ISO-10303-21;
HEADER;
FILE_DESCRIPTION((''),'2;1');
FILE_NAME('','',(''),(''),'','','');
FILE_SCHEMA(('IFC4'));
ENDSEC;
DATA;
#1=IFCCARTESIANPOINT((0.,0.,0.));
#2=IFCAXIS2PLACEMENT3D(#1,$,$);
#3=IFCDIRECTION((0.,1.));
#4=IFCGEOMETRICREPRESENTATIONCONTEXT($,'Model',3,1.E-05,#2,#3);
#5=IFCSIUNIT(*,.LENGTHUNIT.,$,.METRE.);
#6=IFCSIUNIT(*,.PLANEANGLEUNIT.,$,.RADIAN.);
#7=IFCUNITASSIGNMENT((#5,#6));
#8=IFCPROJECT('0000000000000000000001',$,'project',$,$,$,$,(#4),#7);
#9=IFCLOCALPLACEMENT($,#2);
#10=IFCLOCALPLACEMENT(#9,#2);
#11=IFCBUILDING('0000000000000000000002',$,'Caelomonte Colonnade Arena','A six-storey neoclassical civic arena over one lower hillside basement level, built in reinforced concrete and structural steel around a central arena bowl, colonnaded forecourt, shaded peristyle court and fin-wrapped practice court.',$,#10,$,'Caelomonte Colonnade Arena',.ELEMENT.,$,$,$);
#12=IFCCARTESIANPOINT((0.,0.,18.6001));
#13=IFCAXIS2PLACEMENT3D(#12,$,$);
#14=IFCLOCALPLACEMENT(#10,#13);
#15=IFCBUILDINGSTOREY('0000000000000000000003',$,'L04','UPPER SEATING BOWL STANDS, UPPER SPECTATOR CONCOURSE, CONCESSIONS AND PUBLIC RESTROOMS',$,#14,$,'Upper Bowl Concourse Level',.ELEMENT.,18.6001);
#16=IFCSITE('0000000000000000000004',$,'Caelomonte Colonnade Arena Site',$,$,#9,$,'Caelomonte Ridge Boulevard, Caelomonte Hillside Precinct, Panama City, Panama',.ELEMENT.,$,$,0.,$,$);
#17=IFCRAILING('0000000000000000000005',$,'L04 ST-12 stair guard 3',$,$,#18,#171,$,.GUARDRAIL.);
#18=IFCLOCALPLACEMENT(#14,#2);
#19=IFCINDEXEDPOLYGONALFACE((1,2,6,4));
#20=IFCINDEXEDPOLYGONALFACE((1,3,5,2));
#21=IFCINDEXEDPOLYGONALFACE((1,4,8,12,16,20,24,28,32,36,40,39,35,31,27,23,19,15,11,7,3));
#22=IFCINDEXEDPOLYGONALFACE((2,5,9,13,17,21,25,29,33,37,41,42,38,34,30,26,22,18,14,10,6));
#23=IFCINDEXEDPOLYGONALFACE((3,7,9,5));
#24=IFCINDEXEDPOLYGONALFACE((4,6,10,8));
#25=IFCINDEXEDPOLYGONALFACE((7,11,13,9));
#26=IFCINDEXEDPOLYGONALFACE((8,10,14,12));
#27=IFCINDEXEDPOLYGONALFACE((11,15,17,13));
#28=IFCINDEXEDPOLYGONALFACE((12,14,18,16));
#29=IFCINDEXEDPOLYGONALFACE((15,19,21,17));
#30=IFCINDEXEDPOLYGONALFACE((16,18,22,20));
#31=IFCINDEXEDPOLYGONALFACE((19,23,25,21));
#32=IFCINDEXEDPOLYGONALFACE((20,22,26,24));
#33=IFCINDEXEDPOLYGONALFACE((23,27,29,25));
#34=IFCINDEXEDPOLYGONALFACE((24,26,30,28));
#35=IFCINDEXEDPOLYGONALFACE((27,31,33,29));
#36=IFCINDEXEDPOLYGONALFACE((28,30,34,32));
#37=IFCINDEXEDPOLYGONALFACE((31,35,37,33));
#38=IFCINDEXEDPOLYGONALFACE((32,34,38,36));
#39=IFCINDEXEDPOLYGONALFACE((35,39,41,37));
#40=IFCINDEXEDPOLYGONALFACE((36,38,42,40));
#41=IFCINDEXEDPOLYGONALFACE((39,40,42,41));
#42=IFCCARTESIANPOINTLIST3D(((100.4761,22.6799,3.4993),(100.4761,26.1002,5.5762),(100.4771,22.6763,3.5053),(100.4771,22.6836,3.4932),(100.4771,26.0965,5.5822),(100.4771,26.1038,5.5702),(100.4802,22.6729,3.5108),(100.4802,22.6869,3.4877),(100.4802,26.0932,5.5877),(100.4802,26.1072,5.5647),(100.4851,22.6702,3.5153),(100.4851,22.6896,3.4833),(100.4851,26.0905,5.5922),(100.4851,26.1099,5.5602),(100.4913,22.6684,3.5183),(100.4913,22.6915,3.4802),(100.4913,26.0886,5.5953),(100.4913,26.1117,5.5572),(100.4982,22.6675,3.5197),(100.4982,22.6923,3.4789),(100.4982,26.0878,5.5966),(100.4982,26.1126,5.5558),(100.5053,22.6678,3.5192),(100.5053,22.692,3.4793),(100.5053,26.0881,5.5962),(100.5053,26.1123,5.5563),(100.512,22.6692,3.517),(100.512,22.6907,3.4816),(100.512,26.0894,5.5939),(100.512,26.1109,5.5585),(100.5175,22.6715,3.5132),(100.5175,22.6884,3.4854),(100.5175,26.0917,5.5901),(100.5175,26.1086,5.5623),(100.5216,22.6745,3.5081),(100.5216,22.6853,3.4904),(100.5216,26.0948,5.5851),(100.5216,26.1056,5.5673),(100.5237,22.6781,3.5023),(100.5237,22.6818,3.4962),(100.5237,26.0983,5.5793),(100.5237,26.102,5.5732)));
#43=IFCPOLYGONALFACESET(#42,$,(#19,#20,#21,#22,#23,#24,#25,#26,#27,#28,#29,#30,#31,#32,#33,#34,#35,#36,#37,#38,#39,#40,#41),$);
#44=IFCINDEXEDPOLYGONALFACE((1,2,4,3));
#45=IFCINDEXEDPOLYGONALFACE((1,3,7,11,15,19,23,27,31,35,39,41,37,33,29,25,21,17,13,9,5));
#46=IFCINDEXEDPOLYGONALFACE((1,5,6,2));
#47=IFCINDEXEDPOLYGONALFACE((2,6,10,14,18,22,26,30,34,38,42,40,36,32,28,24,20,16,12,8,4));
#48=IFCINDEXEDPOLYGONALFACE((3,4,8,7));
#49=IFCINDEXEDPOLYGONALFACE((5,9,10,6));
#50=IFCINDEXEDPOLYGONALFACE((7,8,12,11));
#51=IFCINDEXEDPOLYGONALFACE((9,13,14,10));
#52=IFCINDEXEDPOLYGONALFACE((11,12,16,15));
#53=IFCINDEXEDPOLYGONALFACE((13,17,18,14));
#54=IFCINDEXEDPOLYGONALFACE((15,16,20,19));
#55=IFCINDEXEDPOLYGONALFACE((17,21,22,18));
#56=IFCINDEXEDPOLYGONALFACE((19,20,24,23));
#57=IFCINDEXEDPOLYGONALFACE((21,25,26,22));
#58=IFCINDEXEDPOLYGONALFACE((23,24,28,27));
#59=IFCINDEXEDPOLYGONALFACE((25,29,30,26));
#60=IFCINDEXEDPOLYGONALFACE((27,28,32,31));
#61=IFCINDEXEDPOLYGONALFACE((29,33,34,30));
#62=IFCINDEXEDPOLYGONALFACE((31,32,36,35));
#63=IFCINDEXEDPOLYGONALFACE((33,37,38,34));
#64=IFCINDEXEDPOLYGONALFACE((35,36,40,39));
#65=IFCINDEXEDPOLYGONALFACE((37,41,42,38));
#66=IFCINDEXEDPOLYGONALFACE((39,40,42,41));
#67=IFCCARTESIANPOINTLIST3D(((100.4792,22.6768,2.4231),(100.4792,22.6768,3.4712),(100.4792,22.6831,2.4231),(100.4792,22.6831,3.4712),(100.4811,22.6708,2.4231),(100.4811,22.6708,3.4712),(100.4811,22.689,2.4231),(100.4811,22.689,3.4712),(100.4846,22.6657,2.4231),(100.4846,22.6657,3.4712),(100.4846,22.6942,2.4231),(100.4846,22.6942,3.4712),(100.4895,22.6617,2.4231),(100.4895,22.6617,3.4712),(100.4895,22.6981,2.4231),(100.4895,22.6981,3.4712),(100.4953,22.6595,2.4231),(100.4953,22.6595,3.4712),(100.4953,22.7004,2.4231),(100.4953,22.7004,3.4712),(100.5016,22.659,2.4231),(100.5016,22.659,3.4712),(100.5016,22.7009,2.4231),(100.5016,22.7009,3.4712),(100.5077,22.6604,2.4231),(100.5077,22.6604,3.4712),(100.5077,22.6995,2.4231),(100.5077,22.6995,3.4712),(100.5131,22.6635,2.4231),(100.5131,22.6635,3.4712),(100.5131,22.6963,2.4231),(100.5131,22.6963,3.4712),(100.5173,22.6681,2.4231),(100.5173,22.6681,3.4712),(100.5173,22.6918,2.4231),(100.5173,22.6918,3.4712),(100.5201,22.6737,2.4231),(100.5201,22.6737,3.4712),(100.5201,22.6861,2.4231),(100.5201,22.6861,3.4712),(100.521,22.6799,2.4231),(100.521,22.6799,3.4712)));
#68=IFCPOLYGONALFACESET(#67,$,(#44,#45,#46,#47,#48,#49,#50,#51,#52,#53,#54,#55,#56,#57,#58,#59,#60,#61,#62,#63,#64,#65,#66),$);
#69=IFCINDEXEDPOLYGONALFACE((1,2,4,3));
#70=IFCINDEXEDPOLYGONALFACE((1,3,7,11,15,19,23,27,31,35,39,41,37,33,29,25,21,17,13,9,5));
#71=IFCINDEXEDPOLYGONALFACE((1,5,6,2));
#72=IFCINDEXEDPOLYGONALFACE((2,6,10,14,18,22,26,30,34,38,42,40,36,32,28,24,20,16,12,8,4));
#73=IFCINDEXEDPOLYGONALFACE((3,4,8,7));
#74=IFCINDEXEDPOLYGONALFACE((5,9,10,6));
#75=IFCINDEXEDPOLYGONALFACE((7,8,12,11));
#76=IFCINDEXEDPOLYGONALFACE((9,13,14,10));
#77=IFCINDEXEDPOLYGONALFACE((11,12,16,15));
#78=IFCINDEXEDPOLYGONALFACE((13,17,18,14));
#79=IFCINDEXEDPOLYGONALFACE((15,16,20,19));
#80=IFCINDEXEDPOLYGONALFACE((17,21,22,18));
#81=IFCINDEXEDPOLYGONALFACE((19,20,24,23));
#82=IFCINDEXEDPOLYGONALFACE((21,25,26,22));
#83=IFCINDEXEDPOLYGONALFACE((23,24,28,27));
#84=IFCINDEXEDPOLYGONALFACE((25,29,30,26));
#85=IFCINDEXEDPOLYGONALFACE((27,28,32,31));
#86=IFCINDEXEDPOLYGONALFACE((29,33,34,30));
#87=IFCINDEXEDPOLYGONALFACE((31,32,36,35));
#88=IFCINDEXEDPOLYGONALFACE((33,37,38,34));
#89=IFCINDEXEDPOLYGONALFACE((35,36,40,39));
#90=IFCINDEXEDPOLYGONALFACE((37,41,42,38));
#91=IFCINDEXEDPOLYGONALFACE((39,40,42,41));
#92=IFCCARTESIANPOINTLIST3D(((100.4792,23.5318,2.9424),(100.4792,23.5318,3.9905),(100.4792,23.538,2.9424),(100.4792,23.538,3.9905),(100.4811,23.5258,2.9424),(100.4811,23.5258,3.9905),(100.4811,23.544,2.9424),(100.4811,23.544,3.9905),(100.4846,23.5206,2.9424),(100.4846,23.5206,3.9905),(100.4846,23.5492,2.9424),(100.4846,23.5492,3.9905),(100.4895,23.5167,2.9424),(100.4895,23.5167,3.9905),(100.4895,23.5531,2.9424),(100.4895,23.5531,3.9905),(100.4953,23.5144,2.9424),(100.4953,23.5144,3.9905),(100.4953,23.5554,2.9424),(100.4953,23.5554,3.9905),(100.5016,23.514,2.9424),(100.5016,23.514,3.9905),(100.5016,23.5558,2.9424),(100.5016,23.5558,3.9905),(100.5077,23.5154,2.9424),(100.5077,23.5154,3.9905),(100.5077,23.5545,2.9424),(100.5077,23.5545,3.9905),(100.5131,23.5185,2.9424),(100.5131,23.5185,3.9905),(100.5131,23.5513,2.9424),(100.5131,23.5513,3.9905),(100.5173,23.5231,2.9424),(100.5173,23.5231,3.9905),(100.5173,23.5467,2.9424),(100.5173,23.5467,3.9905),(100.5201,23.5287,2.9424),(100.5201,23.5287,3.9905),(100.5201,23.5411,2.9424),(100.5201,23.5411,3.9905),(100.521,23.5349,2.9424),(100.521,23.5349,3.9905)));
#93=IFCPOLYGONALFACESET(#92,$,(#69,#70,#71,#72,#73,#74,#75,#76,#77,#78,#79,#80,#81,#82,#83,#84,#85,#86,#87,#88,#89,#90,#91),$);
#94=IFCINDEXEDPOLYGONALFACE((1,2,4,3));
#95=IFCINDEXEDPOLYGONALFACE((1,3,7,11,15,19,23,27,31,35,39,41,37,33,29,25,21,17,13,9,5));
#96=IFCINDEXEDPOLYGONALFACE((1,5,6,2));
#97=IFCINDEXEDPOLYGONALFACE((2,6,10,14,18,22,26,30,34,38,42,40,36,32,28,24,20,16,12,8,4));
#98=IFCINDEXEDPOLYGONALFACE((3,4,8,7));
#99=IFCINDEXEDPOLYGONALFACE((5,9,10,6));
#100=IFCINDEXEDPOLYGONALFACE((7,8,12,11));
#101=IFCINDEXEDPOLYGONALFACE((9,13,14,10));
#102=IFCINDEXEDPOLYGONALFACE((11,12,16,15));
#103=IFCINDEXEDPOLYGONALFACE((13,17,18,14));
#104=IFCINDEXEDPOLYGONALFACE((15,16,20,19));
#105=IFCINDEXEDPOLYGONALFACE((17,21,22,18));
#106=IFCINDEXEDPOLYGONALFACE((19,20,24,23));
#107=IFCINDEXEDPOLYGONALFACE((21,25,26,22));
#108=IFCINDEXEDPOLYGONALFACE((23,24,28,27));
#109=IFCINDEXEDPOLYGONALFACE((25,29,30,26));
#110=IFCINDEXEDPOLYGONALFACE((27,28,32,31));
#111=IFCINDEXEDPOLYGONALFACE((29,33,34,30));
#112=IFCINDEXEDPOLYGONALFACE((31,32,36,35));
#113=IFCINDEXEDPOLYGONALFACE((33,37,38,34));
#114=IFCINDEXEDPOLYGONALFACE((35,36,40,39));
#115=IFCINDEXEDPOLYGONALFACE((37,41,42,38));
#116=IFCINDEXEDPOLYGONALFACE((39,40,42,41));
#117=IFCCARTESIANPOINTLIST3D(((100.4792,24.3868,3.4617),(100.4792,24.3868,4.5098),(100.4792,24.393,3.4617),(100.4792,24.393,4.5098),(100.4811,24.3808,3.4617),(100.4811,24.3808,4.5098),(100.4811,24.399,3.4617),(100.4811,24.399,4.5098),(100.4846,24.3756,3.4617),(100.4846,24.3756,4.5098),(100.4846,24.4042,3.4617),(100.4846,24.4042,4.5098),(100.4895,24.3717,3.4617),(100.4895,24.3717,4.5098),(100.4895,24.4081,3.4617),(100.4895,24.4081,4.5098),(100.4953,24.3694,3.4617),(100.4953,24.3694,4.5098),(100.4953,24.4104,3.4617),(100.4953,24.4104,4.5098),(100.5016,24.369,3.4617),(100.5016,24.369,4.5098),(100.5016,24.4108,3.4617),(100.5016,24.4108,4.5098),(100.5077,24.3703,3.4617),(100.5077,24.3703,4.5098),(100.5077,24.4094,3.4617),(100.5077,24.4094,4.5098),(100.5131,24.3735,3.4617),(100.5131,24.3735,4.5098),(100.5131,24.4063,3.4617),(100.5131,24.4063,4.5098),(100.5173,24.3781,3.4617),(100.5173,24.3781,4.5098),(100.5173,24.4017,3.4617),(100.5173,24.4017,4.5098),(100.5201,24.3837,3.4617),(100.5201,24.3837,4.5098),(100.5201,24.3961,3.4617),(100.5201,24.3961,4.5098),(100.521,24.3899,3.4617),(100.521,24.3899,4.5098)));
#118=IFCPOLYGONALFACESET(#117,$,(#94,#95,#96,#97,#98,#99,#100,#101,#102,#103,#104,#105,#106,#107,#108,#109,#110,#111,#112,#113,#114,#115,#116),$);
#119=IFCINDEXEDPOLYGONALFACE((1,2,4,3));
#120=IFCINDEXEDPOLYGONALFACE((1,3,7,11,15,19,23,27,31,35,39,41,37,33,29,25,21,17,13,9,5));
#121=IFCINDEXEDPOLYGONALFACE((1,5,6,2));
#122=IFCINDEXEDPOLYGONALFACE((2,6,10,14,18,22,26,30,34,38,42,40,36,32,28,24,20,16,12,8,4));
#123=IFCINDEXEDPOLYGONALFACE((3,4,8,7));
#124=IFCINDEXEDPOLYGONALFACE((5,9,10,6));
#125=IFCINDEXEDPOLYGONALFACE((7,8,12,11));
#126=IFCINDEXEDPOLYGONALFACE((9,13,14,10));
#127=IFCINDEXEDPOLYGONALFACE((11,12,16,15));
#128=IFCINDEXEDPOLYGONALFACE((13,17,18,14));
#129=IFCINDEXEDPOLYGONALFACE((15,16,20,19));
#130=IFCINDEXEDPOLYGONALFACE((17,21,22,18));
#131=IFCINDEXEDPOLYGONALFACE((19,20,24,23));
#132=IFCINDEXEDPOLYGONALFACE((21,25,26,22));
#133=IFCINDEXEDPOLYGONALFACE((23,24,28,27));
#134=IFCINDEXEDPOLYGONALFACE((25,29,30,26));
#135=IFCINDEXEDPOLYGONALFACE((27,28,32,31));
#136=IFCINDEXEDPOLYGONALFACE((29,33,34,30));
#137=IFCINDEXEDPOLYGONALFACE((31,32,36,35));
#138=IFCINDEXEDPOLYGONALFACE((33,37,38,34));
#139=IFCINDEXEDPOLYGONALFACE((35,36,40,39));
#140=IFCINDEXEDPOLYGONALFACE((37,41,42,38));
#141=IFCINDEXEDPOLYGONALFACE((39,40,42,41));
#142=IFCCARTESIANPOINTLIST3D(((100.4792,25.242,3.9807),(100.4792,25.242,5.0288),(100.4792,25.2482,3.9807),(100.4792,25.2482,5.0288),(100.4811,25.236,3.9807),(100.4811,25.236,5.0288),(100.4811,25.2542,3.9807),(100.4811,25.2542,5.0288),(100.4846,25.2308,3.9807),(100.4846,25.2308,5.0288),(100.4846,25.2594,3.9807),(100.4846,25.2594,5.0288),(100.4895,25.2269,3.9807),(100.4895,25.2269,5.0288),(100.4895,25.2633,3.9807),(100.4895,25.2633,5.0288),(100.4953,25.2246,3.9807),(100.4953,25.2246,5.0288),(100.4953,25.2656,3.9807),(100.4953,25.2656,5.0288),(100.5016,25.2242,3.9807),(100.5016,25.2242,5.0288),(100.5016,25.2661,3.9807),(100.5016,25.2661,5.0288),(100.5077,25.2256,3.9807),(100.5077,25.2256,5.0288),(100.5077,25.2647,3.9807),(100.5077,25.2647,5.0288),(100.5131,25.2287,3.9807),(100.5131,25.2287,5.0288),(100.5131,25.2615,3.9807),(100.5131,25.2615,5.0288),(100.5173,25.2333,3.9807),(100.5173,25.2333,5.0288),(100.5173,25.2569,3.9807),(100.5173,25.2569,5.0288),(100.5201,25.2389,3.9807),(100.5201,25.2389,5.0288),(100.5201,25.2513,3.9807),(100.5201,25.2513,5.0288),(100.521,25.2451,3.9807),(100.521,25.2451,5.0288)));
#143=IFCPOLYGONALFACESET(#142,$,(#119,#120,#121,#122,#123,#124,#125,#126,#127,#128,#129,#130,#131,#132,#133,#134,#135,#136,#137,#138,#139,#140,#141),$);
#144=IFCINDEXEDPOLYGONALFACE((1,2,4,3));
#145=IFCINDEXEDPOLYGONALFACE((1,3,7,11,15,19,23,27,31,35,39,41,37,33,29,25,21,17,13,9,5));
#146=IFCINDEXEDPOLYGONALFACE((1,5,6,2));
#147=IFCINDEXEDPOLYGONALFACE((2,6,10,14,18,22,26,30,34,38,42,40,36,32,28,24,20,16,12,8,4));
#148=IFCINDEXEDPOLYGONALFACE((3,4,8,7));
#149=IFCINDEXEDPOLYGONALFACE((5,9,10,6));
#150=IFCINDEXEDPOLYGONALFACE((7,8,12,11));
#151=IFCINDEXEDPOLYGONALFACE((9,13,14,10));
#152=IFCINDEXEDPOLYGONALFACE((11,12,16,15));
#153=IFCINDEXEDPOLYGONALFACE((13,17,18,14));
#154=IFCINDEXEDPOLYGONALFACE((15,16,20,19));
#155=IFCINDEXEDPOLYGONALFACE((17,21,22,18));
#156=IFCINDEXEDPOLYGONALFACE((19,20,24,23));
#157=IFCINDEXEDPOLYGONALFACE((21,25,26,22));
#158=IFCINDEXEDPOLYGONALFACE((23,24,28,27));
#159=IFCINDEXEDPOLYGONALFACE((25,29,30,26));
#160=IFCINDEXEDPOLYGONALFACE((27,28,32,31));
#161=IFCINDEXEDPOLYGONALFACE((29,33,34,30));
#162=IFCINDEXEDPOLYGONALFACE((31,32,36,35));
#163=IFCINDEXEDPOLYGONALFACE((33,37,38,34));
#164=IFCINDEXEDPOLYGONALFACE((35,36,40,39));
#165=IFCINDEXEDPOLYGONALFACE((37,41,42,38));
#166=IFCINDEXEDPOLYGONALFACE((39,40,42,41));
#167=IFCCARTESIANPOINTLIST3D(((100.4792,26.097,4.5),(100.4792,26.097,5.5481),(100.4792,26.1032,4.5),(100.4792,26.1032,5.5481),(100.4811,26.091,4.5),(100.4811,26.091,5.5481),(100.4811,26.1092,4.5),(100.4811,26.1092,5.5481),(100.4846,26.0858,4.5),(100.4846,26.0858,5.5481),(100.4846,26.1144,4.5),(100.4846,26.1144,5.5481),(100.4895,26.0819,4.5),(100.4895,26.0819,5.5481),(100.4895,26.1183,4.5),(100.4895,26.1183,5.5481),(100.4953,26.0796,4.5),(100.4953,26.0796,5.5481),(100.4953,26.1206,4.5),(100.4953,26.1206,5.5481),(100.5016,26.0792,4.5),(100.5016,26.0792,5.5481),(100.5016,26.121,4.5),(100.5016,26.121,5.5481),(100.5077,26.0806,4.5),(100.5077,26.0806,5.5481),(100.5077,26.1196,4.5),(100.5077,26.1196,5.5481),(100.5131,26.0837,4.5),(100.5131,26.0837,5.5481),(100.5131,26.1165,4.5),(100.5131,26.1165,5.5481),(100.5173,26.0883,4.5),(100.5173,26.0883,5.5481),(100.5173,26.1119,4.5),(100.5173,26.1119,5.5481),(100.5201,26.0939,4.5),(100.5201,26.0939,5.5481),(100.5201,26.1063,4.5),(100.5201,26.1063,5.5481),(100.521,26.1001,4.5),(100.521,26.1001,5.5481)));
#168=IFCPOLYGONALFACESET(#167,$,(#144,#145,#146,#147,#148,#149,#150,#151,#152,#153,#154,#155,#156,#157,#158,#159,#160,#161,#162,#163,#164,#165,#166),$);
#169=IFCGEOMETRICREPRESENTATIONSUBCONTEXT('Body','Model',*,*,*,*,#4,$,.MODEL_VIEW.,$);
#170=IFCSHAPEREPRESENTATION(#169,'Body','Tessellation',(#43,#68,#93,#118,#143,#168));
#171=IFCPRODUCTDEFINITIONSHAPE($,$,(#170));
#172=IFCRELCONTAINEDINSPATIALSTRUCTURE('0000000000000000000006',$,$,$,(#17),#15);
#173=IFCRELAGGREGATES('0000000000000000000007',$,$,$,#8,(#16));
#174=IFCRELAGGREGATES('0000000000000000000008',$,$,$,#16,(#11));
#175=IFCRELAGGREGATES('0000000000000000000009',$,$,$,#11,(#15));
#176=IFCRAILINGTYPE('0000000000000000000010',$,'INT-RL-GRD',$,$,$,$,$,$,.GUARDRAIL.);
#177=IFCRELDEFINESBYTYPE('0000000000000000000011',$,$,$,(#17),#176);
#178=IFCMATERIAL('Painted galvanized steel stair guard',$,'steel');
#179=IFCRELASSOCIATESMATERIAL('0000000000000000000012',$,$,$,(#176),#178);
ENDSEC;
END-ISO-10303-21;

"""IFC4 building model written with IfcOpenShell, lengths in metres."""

from ifc_helpers import new_model, si_unit, direction, frame, origin, origin_2d, place, context, subcontext, project, spatial, circle, extrude, material, type_object, element, save


model = new_model("IFC4")

# Units and contexts
model_context = context("Model", 3, precision=1e-05, world=origin(), true_north=direction((0.0, 1.0)))
body_context = subcontext(model_context, "Body", "Model", "MODEL_VIEW")
ifc_project = project(units=[si_unit("LENGTHUNIT", "METRE"), si_unit("PLANEANGLEUNIT", "RADIAN")], contexts=[model_context])

# Site, building, storey
site_placement = place(None, origin())
site = spatial("IfcSite", under=ifc_project, at=site_placement, Name="Caelomonte Colonnade Arena Site", LongName="Caelomonte Ridge Boulevard, Caelomonte Hillside Precinct, Panama City, Panama", CompositionType="ELEMENT", RefElevation=0.0)
building_placement = place(site_placement, origin())
building = spatial("IfcBuilding", under=site, at=building_placement, Name="Caelomonte Colonnade Arena", Description="A six-storey neoclassical civic arena over one lower hillside basement level, built in reinforced concrete and structural steel around a central arena bowl, colonnaded forecourt, shaded peristyle court and fin-wrapped practice court.", LongName="Caelomonte Colonnade Arena", CompositionType="ELEMENT")
storey_placement = place(building_placement, frame((0.0, 0.0, 18.6001)))
storey = spatial("IfcBuildingStorey", under=building, at=storey_placement, Name="L04", Description="UPPER SEATING BOWL STANDS, UPPER SPECTATOR CONCOURSE, CONCESSIONS AND PUBLIC RESTROOMS", LongName="Upper Bowl Concourse Level", CompositionType="ELEMENT", Elevation=18.6001)

# Railing
ifc_material_1 = material(Name="Painted galvanized steel stair guard", Category="steel")
railing_type_1 = type_object("IfcRailingType", Name="INT-RL-GRD", PredefinedType="GUARDRAIL", material=ifc_material_1)
railing_1_placement = place(storey_placement, frame((100.5, 22.6799, 2.4231)))
element("IfcRailing", 1, at=railing_1_placement, inside=storey, type_object=railing_type_1, Name="L04 ST-12 stair guard 3", PredefinedType="GUARDRAIL", context=body_context, shape_type="SweptSolid", body=[
    extrude(circle(Radius=0.0239, at=origin_2d()), frame((0.0, 0.0, 1.0762), z_axis=(0.0, 0.854746, 0.519047), x_axis=(-1.0, 0.0, 0.0)), (0.0, 0.0, 1.0), 4.0015),
    extrude(circle(Radius=0.021, at=origin_2d()), origin(), (0.0, 0.0, 1.0), 1.0481),
    extrude(circle(Radius=0.021, at=origin_2d()), frame((0.0, 0.855, 0.5193)), (0.0, 0.0, 1.0), 1.0481),
    extrude(circle(Radius=0.021, at=origin_2d()), frame((0.0, 1.71, 1.0386)), (0.0, 0.0, 1.0), 1.0481),
    extrude(circle(Radius=0.021, at=origin_2d()), frame((0.0, 2.5652, 1.5576)), (0.0, 0.0, 1.0), 1.0481),
    extrude(circle(Radius=0.021, at=origin_2d()), frame((0.0, 3.4202, 2.0769)), (0.0, 0.0, 1.0), 1.0481),
])

save(model, "model.ifc")
